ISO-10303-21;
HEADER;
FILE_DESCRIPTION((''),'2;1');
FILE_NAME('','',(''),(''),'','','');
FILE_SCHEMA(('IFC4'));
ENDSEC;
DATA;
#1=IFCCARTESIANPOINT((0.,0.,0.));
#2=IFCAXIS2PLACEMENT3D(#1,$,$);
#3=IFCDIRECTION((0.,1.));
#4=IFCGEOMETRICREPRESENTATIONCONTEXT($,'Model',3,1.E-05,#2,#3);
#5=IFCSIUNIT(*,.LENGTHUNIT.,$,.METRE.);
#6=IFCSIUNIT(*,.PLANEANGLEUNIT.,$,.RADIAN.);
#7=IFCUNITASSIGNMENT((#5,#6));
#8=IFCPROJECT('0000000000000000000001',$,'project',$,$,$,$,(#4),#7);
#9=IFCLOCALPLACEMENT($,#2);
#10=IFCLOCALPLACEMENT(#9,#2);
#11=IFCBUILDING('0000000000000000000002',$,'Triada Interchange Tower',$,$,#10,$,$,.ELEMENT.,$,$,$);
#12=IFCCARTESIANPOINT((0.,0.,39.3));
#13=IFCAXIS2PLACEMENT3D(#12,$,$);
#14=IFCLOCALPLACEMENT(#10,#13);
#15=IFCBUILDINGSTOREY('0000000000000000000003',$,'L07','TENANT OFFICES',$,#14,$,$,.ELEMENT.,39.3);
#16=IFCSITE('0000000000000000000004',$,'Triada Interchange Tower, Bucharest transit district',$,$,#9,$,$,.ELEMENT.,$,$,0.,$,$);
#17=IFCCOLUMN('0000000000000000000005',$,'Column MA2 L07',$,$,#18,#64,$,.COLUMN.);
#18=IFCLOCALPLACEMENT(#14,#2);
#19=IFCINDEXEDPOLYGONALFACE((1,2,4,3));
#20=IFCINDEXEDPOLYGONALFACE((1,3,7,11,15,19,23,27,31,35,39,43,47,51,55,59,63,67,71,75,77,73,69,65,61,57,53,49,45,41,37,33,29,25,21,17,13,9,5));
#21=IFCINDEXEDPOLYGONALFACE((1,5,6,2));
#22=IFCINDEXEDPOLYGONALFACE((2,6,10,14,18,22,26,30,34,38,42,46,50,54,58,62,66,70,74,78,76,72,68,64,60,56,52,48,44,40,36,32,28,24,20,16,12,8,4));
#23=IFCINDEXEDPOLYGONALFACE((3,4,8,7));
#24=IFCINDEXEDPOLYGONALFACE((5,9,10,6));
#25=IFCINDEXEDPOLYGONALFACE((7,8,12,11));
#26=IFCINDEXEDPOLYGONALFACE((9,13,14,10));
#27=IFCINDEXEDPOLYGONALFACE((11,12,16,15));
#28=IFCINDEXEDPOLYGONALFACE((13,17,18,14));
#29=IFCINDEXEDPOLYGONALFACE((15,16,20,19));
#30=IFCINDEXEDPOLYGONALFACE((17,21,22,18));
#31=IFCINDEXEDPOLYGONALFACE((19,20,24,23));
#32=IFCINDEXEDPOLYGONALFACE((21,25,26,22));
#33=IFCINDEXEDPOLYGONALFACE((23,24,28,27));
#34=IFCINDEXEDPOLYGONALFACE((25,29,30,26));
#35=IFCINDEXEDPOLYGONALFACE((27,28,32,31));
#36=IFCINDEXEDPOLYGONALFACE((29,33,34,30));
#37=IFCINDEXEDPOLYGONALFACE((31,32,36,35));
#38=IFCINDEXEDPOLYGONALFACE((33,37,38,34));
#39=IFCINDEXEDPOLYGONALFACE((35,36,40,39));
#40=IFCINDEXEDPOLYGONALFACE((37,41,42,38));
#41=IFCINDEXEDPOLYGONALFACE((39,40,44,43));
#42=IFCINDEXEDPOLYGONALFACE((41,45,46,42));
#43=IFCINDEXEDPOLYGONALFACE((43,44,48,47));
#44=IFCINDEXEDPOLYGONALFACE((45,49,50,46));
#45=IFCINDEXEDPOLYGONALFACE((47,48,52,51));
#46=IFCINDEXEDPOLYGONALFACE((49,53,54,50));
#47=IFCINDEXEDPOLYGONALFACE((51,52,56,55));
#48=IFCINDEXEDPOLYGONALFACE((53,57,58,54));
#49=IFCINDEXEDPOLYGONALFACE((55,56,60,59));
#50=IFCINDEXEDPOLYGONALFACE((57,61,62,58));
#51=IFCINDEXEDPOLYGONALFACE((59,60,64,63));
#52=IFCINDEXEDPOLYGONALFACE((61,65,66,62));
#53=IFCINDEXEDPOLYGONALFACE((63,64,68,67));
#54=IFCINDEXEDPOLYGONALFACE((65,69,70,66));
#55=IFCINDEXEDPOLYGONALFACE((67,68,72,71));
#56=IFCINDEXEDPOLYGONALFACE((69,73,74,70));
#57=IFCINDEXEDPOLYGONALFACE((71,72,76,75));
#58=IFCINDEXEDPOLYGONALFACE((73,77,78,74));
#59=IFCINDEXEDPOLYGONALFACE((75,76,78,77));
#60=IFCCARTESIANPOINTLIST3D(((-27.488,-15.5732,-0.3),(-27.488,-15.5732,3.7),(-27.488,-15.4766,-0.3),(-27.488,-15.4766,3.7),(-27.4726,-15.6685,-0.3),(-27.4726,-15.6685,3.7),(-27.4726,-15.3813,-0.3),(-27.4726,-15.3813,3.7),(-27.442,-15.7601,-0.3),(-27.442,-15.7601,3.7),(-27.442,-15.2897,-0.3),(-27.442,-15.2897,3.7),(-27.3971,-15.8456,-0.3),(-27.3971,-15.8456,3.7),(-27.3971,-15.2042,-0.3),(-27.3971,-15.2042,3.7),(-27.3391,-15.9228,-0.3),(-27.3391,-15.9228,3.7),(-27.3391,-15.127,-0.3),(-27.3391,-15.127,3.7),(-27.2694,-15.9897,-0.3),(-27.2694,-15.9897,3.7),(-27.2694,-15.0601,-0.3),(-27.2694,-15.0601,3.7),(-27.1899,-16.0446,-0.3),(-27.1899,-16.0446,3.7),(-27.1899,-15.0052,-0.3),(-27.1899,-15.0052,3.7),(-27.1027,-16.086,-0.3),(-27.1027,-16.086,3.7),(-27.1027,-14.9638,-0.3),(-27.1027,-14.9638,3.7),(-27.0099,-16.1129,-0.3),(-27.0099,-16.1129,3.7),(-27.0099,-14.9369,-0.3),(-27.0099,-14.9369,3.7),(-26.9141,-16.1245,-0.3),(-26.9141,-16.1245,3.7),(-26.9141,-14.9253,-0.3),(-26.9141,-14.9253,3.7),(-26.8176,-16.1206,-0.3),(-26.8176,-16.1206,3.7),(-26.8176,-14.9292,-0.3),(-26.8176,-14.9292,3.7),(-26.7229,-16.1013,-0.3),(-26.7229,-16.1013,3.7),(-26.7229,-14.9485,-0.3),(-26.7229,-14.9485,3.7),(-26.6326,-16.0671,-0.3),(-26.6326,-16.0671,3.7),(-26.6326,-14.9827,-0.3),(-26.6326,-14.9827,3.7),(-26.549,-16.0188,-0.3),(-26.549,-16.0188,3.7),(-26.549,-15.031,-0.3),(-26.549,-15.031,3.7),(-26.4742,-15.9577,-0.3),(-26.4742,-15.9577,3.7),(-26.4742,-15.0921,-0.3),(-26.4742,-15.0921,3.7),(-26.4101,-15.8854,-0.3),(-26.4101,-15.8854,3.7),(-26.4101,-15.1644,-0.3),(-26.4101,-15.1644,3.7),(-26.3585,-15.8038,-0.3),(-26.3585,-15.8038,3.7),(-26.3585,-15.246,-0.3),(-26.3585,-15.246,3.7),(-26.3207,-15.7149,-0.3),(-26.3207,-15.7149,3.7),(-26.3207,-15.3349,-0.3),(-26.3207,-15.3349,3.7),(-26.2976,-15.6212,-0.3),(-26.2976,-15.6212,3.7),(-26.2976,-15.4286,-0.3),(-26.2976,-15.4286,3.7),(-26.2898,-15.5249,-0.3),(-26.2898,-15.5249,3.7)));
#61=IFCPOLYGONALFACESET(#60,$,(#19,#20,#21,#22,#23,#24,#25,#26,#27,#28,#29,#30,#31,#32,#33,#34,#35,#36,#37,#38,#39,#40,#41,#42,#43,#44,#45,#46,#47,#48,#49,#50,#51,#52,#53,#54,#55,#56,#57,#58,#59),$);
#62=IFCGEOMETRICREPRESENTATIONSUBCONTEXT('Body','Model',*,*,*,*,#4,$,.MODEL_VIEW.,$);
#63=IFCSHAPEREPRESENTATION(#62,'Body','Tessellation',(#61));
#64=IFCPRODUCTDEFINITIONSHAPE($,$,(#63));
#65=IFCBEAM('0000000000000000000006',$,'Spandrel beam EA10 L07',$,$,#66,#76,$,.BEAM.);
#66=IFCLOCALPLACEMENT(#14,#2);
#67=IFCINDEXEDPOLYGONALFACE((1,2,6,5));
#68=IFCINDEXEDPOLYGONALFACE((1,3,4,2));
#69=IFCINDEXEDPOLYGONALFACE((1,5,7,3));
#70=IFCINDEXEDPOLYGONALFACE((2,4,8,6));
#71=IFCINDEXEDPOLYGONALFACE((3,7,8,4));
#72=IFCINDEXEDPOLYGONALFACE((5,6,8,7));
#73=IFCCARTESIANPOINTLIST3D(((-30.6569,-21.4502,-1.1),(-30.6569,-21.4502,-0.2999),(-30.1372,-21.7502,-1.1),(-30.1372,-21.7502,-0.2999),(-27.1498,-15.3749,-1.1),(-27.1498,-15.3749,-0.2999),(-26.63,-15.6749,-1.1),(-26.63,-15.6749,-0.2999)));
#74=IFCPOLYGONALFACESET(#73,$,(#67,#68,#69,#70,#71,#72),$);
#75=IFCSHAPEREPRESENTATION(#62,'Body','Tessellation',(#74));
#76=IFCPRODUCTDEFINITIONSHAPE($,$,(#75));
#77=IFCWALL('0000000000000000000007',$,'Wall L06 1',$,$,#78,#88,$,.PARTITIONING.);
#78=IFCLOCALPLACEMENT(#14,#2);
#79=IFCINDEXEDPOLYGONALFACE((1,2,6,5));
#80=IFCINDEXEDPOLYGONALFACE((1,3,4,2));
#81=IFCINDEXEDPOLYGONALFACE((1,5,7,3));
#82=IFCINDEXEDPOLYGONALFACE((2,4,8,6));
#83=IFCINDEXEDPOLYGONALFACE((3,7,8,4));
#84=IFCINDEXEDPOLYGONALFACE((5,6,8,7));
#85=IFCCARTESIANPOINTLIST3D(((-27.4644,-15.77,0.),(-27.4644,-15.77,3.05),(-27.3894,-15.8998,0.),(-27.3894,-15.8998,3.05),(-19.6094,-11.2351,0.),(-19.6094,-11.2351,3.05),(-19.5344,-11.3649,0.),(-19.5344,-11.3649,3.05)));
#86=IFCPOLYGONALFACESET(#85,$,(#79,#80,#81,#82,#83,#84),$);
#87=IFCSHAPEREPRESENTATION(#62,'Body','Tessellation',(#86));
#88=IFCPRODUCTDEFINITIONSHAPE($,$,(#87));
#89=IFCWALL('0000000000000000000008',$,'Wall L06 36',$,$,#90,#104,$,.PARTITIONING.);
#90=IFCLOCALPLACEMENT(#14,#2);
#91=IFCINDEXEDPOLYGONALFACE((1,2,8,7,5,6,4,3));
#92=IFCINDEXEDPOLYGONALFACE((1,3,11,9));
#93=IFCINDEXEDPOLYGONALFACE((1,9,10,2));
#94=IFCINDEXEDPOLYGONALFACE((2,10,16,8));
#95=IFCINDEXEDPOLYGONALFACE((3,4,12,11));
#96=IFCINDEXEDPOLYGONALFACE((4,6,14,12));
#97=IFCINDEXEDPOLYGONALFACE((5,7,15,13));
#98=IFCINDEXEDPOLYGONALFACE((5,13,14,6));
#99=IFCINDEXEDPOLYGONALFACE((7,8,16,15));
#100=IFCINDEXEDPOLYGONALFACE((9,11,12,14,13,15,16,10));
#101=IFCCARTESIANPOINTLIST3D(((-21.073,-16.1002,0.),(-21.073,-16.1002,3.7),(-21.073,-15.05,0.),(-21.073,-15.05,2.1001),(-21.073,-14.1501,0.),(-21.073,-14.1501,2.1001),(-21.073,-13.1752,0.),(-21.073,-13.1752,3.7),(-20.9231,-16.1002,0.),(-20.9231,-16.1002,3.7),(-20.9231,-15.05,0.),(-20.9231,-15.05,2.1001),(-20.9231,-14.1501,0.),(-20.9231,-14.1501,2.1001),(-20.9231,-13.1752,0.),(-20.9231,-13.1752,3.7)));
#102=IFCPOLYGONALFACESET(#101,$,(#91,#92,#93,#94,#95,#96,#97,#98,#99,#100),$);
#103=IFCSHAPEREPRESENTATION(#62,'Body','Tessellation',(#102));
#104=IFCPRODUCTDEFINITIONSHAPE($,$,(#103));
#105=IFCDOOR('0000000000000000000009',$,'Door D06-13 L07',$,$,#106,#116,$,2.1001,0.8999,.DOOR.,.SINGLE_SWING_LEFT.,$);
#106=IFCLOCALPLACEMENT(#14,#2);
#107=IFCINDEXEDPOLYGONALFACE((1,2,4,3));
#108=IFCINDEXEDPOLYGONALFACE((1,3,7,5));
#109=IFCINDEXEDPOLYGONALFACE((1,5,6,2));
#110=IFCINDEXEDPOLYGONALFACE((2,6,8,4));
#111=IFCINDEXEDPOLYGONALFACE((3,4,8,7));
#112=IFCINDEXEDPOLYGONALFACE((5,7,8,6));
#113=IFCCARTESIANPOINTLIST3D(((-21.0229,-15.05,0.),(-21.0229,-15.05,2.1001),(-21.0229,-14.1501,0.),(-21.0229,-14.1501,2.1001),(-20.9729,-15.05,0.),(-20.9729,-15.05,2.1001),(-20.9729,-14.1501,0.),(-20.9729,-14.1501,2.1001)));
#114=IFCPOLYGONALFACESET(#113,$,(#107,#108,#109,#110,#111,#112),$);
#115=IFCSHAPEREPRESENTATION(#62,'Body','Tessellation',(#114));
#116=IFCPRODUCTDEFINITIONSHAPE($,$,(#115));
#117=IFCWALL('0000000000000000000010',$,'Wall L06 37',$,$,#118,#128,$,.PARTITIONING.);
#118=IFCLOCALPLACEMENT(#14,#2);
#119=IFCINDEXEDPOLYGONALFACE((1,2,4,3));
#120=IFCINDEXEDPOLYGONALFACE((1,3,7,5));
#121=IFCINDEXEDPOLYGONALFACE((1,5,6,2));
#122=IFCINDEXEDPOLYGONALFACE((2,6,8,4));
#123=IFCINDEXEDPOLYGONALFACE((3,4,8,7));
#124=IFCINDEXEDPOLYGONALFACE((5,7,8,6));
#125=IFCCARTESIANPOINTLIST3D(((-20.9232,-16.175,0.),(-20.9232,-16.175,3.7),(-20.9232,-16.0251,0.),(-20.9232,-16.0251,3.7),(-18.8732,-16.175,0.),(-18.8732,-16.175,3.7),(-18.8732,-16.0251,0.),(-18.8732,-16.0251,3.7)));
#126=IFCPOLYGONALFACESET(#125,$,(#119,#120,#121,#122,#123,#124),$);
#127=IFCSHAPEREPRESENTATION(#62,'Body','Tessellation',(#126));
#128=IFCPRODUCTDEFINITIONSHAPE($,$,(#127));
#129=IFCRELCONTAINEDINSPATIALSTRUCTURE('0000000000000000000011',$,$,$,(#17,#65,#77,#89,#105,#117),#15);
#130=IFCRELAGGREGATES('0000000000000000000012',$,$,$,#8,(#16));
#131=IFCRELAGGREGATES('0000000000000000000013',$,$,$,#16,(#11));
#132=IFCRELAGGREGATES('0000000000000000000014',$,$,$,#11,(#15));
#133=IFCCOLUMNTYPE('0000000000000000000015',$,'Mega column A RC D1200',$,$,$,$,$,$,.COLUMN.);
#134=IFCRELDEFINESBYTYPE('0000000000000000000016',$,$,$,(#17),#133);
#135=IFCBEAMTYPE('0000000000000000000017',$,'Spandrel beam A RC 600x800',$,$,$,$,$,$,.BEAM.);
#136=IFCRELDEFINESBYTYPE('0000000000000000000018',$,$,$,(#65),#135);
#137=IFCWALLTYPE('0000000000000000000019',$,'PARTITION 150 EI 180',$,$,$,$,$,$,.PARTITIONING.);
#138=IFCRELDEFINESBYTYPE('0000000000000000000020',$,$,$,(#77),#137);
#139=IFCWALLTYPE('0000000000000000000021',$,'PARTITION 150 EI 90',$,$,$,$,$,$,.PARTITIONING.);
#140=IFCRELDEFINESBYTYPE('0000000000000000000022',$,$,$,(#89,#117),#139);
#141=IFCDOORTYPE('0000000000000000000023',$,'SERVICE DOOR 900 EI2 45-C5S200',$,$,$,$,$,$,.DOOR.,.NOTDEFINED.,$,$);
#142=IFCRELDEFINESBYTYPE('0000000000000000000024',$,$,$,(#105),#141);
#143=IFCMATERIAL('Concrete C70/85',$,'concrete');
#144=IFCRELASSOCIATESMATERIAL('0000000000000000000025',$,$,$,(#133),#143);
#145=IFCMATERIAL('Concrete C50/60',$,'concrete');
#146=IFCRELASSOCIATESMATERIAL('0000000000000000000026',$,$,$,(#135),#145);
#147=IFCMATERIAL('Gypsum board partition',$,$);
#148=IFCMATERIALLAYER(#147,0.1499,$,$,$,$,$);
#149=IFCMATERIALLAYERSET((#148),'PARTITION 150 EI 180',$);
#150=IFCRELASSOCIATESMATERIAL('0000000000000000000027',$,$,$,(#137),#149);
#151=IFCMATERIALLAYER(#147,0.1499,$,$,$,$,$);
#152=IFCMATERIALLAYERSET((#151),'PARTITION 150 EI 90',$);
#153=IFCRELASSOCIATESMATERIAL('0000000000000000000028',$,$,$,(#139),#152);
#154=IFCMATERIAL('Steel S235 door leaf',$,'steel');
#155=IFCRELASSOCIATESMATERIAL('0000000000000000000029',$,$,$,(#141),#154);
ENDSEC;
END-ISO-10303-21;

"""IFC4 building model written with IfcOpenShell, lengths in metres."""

from ifc_helpers import new_model, si_unit, direction, frame, frame_2d, origin, origin_2d, place, context, subcontext, project, spatial, rectangle, circle, extrude, material, layer, layer_set, material_profile, profile_set, type_object, element, fill, save


model = new_model("IFC4")

# Units and contexts
model_context = context("Model", 3, precision=1e-05, world=origin(), true_north=direction((0.0, 1.0)))
body_context = subcontext(model_context, "Body", "Model", "MODEL_VIEW")
ifc_project = project(units=[si_unit("LENGTHUNIT", "METRE"), si_unit("PLANEANGLEUNIT", "RADIAN")], contexts=[model_context])

# Site, building, storey
site_placement = place(None, origin())
site = spatial("IfcSite", under=ifc_project, at=site_placement, Name="Triada Interchange Tower, Bucharest transit district", CompositionType="ELEMENT", RefElevation=0.0)
building_placement = place(site_placement, origin())
building = spatial("IfcBuilding", under=site, at=building_placement, Name="Triada Interchange Tower", CompositionType="ELEMENT")
storey_placement = place(building_placement, frame((0.0, 0.0, 39.3)))
storey = spatial("IfcBuildingStorey", under=building, at=storey_placement, Name="L07", Description="TENANT OFFICES", CompositionType="ELEMENT", Elevation=39.3)

# Column
ifc_material_1 = material(Name="Concrete C70/85", Category="concrete")
ifc_material_profile_1 = material_profile(ifc_material_1, circle(Radius=0.6001, at=origin_2d()), Name="RC D1200")
ifc_profile_set_1 = profile_set([ifc_material_profile_1], Name="Concrete C70/85")
column_type = type_object("IfcColumnType", Name="Mega column A RC D1200", PredefinedType="COLUMN", material=ifc_profile_set_1)
column_placement = place(storey_placement, frame((-26.8899, -15.5249, -0.3), z_axis=(0.0, 0.0, 1.0), x_axis=(1.0, 0.0, 0.0)))
element("IfcColumn", 1, at=column_placement, inside=storey, type_object=column_type, Name="Column MA2 L07", PredefinedType="COLUMN", context=body_context, shape_type="SweptSolid", body=[
    extrude(circle(Radius=0.6001, at=origin_2d()), origin(), (0.0, 0.0, 1.0), 4.0),
])

# Beam
ifc_material_2 = material(Name="Concrete C50/60", Category="concrete")
ifc_material_profile_2 = material_profile(ifc_material_2, rectangle(XDim=0.6001, YDim=0.8, at=origin_2d()), Name="RC 600x800")
ifc_profile_set_2 = profile_set([ifc_material_profile_2], Name="Concrete C50/60")
beam_type = type_object("IfcBeamType", Name="Spandrel beam A RC 600x800", PredefinedType="BEAM", material=ifc_profile_set_2)
beam_placement = place(storey_placement, frame((-26.8899, -15.5249, -0.7), z_axis=(-0.499953, -0.866052, 0.0), x_axis=(0.866052, -0.499953, 0.0)))
element("IfcBeam", 2, at=beam_placement, inside=storey, type_object=beam_type, Name="Spandrel beam EA10 L07", PredefinedType="BEAM", context=body_context, shape_type="SweptSolid", body=[
    extrude(rectangle(XDim=0.6001, YDim=0.8, at=origin_2d()), origin(), (0.0, 0.0, 1.0), 7.0149),
])

# Wall
ifc_material_3 = material(Name="Gypsum board partition")
ifc_layer_1 = layer(ifc_material_3, 0.1499)
ifc_layer_set_1 = layer_set([ifc_layer_1], Name="PARTITION 150 EI 180")
wall_type_1 = type_object("IfcWallType", Name="PARTITION 150 EI 180", PredefinedType="PARTITIONING", material=ifc_layer_set_1)
wall_1_placement = place(storey_placement, frame((-27.427, -15.835, 0.0), z_axis=(0.0, 0.0, 1.0), x_axis=(0.866033, 0.499987, 0.0)))
element("IfcWall", 3, at=wall_1_placement, inside=storey, type_object=wall_type_1, Name="Wall L06 1", PredefinedType="PARTITIONING", context=body_context, shape_type="SweptSolid", body=[
    extrude(rectangle(XDim=9.0701, YDim=0.1499, at=frame_2d((4.5352, 0.0))), origin(), (0.0, 0.0, 1.0), 3.05),
])

# Wall, opening, door
ifc_layer_2 = layer(ifc_material_3, 0.1499)
ifc_layer_set_2 = layer_set([ifc_layer_2], Name="PARTITION 150 EI 90")
wall_type_2 = type_object("IfcWallType", Name="PARTITION 150 EI 90", PredefinedType="PARTITIONING", material=ifc_layer_set_2)
wall_2_placement = place(storey_placement, frame((-20.998, -16.1001, 0.0), z_axis=(0.0, 0.0, 1.0), x_axis=(0.0, 1.0, 0.0)))
wall_2 = element("IfcWall", 4, at=wall_2_placement, inside=storey, type_object=wall_type_2, Name="Wall L06 36", PredefinedType="PARTITIONING", context=body_context, shape_type="SweptSolid", body=[
    extrude(rectangle(XDim=2.925, YDim=0.1499, at=frame_2d((1.4624, 0.0))), origin(), (0.0, 0.0, 1.0), 3.7),
])
opening_placement = place(wall_2_placement, frame((1.05, 0.0, 0.0)))
opening = element("IfcOpeningElement", 5, at=opening_placement, cuts=wall_2, PredefinedType="OPENING", context=body_context, shape_type="SweptSolid", body=[
    extrude(rectangle(XDim=0.8999, YDim=2.1001, at=frame_2d((0.45, 1.05))), frame((0.0, 0.085, 0.0), z_axis=(0.0, -1.0, 0.0), x_axis=(1.0, 0.0, 0.0)), (0.0, 0.0, 1.0), 0.1699),
])
ifc_material_4 = material(Name="Steel S235 door leaf", Category="steel")
door_type = type_object("IfcDoorType", Name="SERVICE DOOR 900 EI2 45-C5S200", OperationType="NOTDEFINED", PredefinedType="DOOR", material=ifc_material_4)
door_placement = place(opening_placement, origin())
door = element("IfcDoor", 6, at=door_placement, inside=storey, type_object=door_type, Name="Door D06-13 L07", OperationType="SINGLE_SWING_LEFT", OverallHeight=2.1001, OverallWidth=0.8999, PredefinedType="DOOR", context=body_context, shape_type="SweptSolid", body=[
    extrude(rectangle(XDim=0.8999, YDim=2.1001, at=frame_2d((0.45, 1.05))), frame((0.0, 0.0249, 0.0), z_axis=(0.0, -1.0, 0.0), x_axis=(1.0, 0.0, 0.0)), (0.0, 0.0, 1.0), 0.05),
])
fill(opening, door)

# Wall
wall_3_placement = place(storey_placement, frame((-20.9231, -16.1001, 0.0), z_axis=(0.0, 0.0, 1.0), x_axis=(1.0, 0.0, 0.0)))
element("IfcWall", 7, at=wall_3_placement, inside=storey, type_object=wall_type_2, Name="Wall L06 37", PredefinedType="PARTITIONING", context=body_context, shape_type="SweptSolid", body=[
    extrude(rectangle(XDim=2.05, YDim=0.1499, at=frame_2d((1.0249, 0.0))), origin(), (0.0, 0.0, 1.0), 3.7),
])

save(model, "model.ifc")
